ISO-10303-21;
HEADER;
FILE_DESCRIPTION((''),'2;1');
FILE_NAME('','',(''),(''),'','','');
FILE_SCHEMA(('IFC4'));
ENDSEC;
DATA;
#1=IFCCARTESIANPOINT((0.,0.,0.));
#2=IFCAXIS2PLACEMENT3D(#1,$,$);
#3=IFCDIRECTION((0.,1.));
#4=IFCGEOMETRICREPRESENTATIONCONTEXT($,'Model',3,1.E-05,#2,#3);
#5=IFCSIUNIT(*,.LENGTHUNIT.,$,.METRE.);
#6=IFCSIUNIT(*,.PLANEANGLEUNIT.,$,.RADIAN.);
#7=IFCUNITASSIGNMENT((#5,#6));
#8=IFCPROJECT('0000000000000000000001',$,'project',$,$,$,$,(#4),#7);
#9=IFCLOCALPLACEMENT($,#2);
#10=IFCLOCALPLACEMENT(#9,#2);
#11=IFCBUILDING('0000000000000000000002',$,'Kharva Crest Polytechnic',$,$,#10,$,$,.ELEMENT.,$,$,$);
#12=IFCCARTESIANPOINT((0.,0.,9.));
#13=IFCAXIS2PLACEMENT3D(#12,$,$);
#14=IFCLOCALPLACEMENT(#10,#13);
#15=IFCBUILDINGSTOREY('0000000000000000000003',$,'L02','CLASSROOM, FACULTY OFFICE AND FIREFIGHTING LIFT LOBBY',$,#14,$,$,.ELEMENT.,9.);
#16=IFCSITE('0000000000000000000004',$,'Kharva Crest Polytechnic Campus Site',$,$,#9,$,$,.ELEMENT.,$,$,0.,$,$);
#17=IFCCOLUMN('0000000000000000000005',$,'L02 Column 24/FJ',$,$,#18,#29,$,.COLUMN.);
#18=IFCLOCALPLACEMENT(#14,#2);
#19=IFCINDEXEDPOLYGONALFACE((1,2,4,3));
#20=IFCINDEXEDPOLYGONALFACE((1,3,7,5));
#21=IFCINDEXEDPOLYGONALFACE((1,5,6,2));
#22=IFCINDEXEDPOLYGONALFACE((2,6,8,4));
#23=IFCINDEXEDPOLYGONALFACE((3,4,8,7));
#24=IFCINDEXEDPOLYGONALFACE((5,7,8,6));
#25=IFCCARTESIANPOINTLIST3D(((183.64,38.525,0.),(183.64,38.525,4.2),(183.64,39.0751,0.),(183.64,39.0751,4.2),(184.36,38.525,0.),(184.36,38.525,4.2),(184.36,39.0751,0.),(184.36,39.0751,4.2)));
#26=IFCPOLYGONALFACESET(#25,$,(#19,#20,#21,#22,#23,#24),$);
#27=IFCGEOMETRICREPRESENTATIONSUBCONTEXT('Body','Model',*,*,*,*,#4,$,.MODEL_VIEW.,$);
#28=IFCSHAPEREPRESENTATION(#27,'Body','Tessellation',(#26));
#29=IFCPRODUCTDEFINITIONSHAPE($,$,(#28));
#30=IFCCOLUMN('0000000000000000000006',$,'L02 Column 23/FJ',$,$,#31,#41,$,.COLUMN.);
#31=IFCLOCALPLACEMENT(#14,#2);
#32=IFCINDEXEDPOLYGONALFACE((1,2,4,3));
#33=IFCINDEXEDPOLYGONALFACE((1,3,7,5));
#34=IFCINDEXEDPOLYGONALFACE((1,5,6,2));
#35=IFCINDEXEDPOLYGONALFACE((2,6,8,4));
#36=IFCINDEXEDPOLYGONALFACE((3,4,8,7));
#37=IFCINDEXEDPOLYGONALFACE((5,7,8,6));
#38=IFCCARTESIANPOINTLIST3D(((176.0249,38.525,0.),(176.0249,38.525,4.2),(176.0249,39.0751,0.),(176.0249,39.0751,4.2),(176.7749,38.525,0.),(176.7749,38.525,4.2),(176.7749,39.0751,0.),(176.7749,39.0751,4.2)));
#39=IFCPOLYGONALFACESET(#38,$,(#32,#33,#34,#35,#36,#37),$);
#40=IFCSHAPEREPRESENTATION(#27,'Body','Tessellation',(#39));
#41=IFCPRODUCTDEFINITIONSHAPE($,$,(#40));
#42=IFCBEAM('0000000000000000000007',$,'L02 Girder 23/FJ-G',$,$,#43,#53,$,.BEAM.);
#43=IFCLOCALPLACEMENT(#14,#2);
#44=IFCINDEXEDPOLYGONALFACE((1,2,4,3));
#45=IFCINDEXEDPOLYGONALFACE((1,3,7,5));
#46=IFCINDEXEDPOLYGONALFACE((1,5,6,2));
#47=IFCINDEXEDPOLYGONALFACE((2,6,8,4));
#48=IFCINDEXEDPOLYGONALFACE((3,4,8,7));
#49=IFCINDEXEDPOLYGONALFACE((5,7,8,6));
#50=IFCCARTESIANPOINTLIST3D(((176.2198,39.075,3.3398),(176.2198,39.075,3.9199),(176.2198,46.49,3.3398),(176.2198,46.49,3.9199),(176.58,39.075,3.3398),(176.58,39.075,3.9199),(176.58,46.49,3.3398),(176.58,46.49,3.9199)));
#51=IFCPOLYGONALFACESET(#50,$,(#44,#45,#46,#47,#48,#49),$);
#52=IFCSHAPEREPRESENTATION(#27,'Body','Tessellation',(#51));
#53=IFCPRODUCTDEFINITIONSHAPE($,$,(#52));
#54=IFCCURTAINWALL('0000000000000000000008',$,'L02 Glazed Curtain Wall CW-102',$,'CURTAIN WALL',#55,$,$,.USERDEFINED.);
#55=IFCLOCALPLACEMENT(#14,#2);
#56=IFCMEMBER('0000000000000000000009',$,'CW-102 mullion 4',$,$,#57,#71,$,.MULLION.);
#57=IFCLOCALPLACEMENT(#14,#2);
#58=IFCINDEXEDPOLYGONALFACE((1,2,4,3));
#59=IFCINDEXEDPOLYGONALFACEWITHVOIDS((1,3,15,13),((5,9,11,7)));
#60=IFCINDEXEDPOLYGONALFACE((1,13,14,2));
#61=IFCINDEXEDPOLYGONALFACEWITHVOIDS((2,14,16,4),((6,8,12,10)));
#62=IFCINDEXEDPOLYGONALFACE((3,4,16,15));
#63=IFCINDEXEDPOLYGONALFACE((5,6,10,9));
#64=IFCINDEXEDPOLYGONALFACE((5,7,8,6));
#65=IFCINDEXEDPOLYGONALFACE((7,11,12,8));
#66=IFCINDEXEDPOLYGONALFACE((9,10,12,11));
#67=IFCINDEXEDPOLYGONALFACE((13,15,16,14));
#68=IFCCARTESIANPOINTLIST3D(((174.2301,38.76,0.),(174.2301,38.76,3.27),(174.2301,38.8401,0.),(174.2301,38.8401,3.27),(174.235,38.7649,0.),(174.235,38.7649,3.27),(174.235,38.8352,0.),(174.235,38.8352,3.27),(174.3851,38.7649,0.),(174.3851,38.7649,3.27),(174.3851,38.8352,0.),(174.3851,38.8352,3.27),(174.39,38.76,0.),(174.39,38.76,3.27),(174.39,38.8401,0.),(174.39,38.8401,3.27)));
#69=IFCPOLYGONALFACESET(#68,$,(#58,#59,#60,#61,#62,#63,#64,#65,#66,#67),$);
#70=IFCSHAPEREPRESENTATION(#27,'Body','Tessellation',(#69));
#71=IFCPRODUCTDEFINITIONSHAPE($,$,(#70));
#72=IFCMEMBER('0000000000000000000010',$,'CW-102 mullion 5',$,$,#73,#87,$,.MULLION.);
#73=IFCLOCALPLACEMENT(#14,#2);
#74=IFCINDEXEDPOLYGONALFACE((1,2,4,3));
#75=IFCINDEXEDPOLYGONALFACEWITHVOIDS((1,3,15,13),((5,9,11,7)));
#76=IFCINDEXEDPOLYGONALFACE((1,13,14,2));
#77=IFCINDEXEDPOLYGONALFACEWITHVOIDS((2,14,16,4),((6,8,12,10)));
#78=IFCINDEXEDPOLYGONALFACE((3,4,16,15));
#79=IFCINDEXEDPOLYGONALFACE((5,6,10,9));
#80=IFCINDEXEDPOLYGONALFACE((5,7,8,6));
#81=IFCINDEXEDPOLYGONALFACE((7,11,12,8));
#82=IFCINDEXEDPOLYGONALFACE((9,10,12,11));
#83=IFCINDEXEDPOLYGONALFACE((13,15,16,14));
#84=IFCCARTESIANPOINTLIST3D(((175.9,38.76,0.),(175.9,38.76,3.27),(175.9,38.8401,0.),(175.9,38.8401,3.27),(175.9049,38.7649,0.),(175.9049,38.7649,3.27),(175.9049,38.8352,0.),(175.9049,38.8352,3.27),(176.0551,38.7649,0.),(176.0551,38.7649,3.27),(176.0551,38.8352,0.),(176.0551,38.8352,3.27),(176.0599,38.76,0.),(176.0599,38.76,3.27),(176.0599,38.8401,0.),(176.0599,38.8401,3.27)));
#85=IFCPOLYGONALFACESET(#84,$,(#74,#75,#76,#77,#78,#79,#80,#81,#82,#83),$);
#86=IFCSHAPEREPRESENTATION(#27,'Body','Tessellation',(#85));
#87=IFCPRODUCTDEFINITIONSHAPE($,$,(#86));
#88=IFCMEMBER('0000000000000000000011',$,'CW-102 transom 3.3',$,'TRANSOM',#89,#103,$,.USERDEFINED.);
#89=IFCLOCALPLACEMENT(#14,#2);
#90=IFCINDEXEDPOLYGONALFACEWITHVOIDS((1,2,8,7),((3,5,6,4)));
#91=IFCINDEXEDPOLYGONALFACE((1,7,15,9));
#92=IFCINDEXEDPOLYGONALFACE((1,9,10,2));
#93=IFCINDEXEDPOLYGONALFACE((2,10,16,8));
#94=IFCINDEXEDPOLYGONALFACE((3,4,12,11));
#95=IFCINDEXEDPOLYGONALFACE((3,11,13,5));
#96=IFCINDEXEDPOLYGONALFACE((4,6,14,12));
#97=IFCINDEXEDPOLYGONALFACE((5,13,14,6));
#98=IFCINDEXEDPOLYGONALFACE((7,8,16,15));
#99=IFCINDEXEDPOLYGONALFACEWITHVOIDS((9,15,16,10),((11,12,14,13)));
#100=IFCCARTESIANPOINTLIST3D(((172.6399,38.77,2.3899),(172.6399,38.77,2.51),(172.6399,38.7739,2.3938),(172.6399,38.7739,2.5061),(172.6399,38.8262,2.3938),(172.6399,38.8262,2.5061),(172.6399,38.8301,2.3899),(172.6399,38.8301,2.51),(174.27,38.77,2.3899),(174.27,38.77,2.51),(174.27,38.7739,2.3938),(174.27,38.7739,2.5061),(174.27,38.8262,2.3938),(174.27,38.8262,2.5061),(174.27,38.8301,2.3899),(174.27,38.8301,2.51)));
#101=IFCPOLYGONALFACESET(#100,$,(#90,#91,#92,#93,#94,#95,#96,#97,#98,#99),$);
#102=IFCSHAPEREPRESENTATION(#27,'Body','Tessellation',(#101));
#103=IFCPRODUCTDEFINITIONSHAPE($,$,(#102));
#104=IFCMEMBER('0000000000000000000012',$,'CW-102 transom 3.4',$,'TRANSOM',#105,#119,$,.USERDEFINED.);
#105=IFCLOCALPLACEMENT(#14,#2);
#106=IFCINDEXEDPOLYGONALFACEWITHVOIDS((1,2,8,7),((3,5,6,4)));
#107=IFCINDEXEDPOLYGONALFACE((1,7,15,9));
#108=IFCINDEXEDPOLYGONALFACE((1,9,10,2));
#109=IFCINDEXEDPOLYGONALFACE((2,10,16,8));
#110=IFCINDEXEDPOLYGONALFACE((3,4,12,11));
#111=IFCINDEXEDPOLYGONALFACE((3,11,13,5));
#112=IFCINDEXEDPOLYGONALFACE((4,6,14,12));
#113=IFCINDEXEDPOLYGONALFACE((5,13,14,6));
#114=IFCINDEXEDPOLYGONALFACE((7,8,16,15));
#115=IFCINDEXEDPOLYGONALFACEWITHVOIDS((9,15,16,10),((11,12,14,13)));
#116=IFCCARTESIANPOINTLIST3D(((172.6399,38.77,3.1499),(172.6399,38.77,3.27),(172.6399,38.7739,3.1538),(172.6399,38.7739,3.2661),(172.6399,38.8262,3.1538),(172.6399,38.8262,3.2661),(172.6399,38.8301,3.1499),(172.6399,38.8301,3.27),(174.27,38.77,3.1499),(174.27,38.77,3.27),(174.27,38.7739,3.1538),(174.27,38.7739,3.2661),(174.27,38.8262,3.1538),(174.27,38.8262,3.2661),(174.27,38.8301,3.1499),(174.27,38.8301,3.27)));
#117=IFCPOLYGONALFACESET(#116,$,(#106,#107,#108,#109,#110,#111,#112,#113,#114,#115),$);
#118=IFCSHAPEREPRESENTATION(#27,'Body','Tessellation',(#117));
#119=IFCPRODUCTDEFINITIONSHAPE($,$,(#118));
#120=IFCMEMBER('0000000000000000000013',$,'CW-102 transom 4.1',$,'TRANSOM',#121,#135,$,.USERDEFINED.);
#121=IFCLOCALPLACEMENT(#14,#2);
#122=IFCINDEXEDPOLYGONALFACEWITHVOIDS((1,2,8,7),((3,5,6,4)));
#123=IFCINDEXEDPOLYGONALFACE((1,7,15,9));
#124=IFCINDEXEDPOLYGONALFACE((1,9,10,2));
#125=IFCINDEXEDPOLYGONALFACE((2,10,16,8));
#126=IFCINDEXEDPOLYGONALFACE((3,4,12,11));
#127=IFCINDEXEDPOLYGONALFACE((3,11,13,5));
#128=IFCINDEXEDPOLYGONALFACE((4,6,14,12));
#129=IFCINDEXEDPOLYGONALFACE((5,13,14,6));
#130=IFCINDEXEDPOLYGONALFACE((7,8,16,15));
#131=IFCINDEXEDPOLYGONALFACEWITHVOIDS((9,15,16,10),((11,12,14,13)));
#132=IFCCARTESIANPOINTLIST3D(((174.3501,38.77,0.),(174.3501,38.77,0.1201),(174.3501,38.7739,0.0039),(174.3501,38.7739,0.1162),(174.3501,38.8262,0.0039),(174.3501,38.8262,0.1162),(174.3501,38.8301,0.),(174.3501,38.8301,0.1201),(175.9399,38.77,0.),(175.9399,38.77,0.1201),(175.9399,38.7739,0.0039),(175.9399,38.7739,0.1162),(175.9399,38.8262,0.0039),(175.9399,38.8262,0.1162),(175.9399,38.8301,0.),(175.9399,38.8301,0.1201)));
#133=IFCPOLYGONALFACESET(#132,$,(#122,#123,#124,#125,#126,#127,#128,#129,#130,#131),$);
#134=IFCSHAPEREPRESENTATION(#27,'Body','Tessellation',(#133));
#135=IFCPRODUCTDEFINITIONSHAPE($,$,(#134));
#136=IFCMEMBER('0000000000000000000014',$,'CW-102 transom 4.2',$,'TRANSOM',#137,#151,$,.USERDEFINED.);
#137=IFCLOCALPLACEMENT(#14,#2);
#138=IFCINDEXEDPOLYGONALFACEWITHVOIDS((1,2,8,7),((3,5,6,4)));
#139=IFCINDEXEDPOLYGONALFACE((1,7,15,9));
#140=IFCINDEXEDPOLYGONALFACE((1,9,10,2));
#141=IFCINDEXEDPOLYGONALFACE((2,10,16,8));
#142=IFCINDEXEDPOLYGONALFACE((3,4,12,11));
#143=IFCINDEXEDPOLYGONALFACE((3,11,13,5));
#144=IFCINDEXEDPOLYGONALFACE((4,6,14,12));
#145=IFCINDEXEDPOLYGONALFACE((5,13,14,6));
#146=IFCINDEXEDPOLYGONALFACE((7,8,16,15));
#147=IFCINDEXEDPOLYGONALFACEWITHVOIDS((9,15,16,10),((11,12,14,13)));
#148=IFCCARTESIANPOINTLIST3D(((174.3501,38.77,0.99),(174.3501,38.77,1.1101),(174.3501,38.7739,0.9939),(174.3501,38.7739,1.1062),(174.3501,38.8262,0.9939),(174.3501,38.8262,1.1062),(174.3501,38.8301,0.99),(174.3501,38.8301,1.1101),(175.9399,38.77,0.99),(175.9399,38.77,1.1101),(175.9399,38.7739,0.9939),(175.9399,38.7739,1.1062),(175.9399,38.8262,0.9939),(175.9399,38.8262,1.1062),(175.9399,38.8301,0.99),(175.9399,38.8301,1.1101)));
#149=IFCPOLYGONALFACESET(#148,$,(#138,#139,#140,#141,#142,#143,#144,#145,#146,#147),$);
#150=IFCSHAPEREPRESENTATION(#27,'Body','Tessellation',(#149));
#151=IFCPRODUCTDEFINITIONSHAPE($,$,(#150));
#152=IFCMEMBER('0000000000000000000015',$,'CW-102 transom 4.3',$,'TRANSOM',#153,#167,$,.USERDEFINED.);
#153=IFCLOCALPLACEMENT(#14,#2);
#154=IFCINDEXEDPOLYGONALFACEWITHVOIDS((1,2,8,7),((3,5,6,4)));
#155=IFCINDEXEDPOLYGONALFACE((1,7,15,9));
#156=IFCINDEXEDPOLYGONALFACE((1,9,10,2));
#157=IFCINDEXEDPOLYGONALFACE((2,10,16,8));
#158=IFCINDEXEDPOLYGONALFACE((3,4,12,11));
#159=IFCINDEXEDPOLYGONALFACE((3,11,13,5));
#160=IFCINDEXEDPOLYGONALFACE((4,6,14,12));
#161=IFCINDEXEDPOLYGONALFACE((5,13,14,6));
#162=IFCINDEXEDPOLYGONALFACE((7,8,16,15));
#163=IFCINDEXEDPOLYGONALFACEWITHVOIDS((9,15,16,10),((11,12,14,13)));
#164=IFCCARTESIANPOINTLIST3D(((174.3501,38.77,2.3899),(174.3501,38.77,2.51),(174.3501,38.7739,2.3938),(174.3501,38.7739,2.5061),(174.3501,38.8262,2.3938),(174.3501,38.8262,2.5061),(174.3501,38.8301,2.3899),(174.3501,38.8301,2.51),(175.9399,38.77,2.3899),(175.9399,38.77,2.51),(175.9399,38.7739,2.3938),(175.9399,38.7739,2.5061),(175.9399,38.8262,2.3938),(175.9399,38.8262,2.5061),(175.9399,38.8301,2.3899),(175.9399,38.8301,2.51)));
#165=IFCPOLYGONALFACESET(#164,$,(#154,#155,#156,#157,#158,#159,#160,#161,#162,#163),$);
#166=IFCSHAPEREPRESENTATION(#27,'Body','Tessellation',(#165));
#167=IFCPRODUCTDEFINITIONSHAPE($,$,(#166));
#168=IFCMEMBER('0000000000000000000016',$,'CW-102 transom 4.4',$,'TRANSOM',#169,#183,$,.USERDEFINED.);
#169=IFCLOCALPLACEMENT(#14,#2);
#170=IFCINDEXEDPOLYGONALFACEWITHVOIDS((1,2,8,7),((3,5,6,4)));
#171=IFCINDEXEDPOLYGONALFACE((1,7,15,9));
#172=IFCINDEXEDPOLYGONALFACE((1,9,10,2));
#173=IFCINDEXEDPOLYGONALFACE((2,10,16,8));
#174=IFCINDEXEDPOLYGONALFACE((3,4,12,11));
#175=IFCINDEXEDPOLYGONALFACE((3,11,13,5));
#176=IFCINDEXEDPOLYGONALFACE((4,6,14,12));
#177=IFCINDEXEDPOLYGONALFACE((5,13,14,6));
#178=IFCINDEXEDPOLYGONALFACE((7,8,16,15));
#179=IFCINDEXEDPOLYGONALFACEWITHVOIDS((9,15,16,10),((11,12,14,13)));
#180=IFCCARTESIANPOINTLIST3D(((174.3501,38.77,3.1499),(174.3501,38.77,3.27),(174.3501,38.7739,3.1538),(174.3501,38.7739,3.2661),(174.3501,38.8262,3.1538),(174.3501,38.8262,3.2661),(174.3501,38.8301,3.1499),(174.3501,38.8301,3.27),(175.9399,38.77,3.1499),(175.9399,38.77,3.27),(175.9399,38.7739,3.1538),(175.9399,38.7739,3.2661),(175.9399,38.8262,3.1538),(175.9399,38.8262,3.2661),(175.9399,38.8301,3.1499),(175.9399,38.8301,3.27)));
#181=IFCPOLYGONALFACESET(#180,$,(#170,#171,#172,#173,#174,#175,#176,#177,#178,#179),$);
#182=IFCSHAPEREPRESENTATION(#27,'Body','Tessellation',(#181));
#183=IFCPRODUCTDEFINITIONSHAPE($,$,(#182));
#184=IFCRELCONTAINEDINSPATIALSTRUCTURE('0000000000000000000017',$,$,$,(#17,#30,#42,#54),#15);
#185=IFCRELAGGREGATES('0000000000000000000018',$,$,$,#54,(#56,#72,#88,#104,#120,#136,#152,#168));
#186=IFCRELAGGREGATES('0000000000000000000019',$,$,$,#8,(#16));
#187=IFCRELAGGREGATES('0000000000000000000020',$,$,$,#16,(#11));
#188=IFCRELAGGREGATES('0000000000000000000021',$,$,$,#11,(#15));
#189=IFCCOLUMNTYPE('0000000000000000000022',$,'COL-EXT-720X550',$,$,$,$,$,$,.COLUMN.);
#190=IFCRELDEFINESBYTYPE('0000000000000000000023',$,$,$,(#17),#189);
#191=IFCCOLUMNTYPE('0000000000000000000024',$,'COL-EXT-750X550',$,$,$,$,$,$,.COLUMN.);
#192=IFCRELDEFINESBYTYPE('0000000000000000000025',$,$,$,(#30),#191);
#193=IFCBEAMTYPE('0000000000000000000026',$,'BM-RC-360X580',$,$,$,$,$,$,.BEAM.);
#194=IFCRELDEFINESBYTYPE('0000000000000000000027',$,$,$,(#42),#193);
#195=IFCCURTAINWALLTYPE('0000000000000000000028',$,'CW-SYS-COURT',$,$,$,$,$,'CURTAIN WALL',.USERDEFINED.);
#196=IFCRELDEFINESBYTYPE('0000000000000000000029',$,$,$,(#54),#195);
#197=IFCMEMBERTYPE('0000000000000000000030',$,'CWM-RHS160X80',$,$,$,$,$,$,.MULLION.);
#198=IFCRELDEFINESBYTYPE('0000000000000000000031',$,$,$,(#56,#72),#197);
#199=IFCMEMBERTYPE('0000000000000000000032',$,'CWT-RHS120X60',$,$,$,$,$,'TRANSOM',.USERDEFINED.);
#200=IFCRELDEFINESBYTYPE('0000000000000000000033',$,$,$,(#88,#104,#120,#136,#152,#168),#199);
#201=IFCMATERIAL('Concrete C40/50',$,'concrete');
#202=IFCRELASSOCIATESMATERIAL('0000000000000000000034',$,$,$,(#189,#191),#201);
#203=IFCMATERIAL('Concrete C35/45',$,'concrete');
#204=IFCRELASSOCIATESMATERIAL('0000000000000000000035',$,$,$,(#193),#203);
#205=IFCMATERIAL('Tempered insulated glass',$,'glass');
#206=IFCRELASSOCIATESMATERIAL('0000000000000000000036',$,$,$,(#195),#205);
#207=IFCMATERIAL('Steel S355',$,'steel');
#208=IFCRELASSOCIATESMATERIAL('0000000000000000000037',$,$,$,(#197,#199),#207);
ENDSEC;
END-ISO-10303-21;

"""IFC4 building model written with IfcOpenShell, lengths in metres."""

from ifc_helpers import new_model, si_unit, direction, frame, origin, origin_2d, place, context, subcontext, project, spatial, rectangle, hollow_rectangle, extrude, material, material_profile, profile_set, type_object, element, aggregate, save


model = new_model("IFC4")

# Units and contexts
model_context = context("Model", 3, precision=1e-05, world=origin(), true_north=direction((0.0, 1.0)))
body_context = subcontext(model_context, "Body", "Model", "MODEL_VIEW")
ifc_project = project(units=[si_unit("LENGTHUNIT", "METRE"), si_unit("PLANEANGLEUNIT", "RADIAN")], contexts=[model_context])

# Site, building, storey
site_placement = place(None, origin())
site = spatial("IfcSite", under=ifc_project, at=site_placement, Name="Kharva Crest Polytechnic Campus Site", CompositionType="ELEMENT", RefElevation=0.0)
building_placement = place(site_placement, origin())
building = spatial("IfcBuilding", under=site, at=building_placement, Name="Kharva Crest Polytechnic", CompositionType="ELEMENT")
storey_placement = place(building_placement, frame((0.0, 0.0, 9.0)))
storey = spatial("IfcBuildingStorey", under=building, at=storey_placement, Name="L02", Description="CLASSROOM, FACULTY OFFICE AND FIREFIGHTING LIFT LOBBY", CompositionType="ELEMENT", Elevation=9.0)

# Columns
ifc_material_1 = material(Name="Concrete C40/50", Category="concrete")
ifc_material_profile_1 = material_profile(ifc_material_1, rectangle(XDim=0.72, YDim=0.55, at=origin_2d()), Name="RECT 720 X 550")
ifc_profile_set_1 = profile_set([ifc_material_profile_1], Name="Concrete C40/50")
column_type_1 = type_object("IfcColumnType", Name="COL-EXT-720X550", PredefinedType="COLUMN", material=ifc_profile_set_1)
column_1_placement = place(storey_placement, frame((184.0, 38.8, 0.0), z_axis=(0.0, 0.0, 1.0), x_axis=(1.0, 0.0, 0.0)))
element("IfcColumn", 1, at=column_1_placement, inside=storey, type_object=column_type_1, Name="L02 Column 24/FJ", PredefinedType="COLUMN", context=body_context, shape_type="SweptSolid", body=[
    extrude(rectangle(XDim=0.72, YDim=0.55, at=origin_2d()), origin(), (0.0, 0.0, 1.0), 4.2),
])
ifc_material_profile_2 = material_profile(ifc_material_1, rectangle(XDim=0.75, YDim=0.55, at=origin_2d()), Name="RECT 750 X 550")
ifc_profile_set_2 = profile_set([ifc_material_profile_2], Name="Concrete C40/50")
column_type_2 = type_object("IfcColumnType", Name="COL-EXT-750X550", PredefinedType="COLUMN", material=ifc_profile_set_2)
column_2_placement = place(storey_placement, frame((176.3999, 38.8, 0.0), z_axis=(0.0, 0.0, 1.0), x_axis=(1.0, 0.0, 0.0)))
element("IfcColumn", 2, at=column_2_placement, inside=storey, type_object=column_type_2, Name="L02 Column 23/FJ", PredefinedType="COLUMN", context=body_context, shape_type="SweptSolid", body=[
    extrude(rectangle(XDim=0.75, YDim=0.55, at=origin_2d()), origin(), (0.0, 0.0, 1.0), 4.2),
])

# Beam
ifc_material_2 = material(Name="Concrete C35/45", Category="concrete")
ifc_material_profile_3 = material_profile(ifc_material_2, rectangle(XDim=0.3601, YDim=0.5801, at=origin_2d()), Name="RECT 360 X 580")
ifc_profile_set_3 = profile_set([ifc_material_profile_3], Name="Concrete C35/45")
beam_type_1 = type_object("IfcBeamType", Name="BM-RC-360X580", PredefinedType="BEAM", material=ifc_profile_set_3)
beam_1_placement = place(storey_placement, frame((176.3999, 39.075, 3.6299), z_axis=(0.0, 1.0, 0.0), x_axis=(-1.0, 0.0, 0.0)))
element("IfcBeam", 3, at=beam_1_placement, inside=storey, type_object=beam_type_1, Name="L02 Girder 23/FJ-G", PredefinedType="BEAM", context=body_context, shape_type="SweptSolid", body=[
    extrude(rectangle(XDim=0.3601, YDim=0.5801, at=origin_2d()), origin(), (0.0, 0.0, 1.0), 7.415),
])

# Curtain wall, members
ifc_material_3 = material(Name="Tempered insulated glass", Category="glass")
curtain_wall_type = type_object("IfcCurtainWallType", Name="CW-SYS-COURT", ElementType="CURTAIN WALL", PredefinedType="USERDEFINED", material=ifc_material_3)
curtain_wall_placement = place(storey_placement, origin())
curtain_wall = element("IfcCurtainWall", 4, at=curtain_wall_placement, inside=storey, type_object=curtain_wall_type, Name="L02 Glazed Curtain Wall CW-102", ObjectType="CURTAIN WALL", PredefinedType="USERDEFINED")
ifc_material_4 = material(Name="Steel S355", Category="steel")
ifc_material_profile_4 = material_profile(ifc_material_4, hollow_rectangle(XDim=0.0801, YDim=0.1599, WallThickness=0.0049, at=origin_2d()), Name="RHS 160X80X5.0")
ifc_profile_set_4 = profile_set([ifc_material_profile_4], Name="Steel S355")
member_type_1 = type_object("IfcMemberType", Name="CWM-RHS160X80", PredefinedType="MULLION", material=ifc_profile_set_4)
member_1_placement = place(storey_placement, frame((174.3101, 38.8, 0.0), z_axis=(0.0, 0.0, 1.0), x_axis=(0.0, 1.0, 0.0)))
member_1 = element("IfcMember", 5, at=member_1_placement, type_object=member_type_1, Name="CW-102 mullion 4", PredefinedType="MULLION", context=body_context, shape_type="SweptSolid", body=[
    extrude(hollow_rectangle(XDim=0.0801, YDim=0.1599, WallThickness=0.0049, at=origin_2d()), origin(), (0.0, 0.0, 1.0), 3.27),
])
member_2_placement = place(storey_placement, frame((175.98, 38.8, 0.0), z_axis=(0.0, 0.0, 1.0), x_axis=(0.0, 1.0, 0.0)))
member_2 = element("IfcMember", 6, at=member_2_placement, type_object=member_type_1, Name="CW-102 mullion 5", PredefinedType="MULLION", context=body_context, shape_type="SweptSolid", body=[
    extrude(hollow_rectangle(XDim=0.0801, YDim=0.1599, WallThickness=0.0049, at=origin_2d()), origin(), (0.0, 0.0, 1.0), 3.27),
])
ifc_material_profile_5 = material_profile(ifc_material_4, hollow_rectangle(XDim=0.0601, YDim=0.1201, WallThickness=0.0039, at=origin_2d()), Name="RHS 120X60X4.0")
ifc_profile_set_5 = profile_set([ifc_material_profile_5], Name="Steel S355")
member_type_2 = type_object("IfcMemberType", Name="CWT-RHS120X60", ElementType="TRANSOM", PredefinedType="USERDEFINED", material=ifc_profile_set_5)
member_3_placement = place(storey_placement, frame((172.6399, 38.8, 2.45), z_axis=(1.0, 0.0, 0.0), x_axis=(0.0, 1.0, 0.0)))
member_3 = element("IfcMember", 7, at=member_3_placement, type_object=member_type_2, Name="CW-102 transom 3.3", ObjectType="TRANSOM", PredefinedType="USERDEFINED", context=body_context, shape_type="SweptSolid", body=[
    extrude(hollow_rectangle(XDim=0.0601, YDim=0.1201, WallThickness=0.0039, at=origin_2d()), origin(), (0.0, 0.0, 1.0), 1.6301),
])
member_4_placement = place(storey_placement, frame((172.6399, 38.8, 3.21), z_axis=(1.0, 0.0, 0.0), x_axis=(0.0, 1.0, 0.0)))
member_4 = element("IfcMember", 8, at=member_4_placement, type_object=member_type_2, Name="CW-102 transom 3.4", ObjectType="TRANSOM", PredefinedType="USERDEFINED", context=body_context, shape_type="SweptSolid", body=[
    extrude(hollow_rectangle(XDim=0.0601, YDim=0.1201, WallThickness=0.0039, at=origin_2d()), origin(), (0.0, 0.0, 1.0), 1.6301),
])
member_5_placement = place(storey_placement, frame((174.3501, 38.8, 0.0601), z_axis=(1.0, 0.0, 0.0), x_axis=(0.0, 1.0, 0.0)))
member_5 = element("IfcMember", 9, at=member_5_placement, type_object=member_type_2, Name="CW-102 transom 4.1", ObjectType="TRANSOM", PredefinedType="USERDEFINED", context=body_context, shape_type="SweptSolid", body=[
    extrude(hollow_rectangle(XDim=0.0601, YDim=0.1201, WallThickness=0.0039, at=origin_2d()), origin(), (0.0, 0.0, 1.0), 1.5898),
])
member_6_placement = place(storey_placement, frame((174.3501, 38.8, 1.05), z_axis=(1.0, 0.0, 0.0), x_axis=(0.0, 1.0, 0.0)))
member_6 = element("IfcMember", 10, at=member_6_placement, type_object=member_type_2, Name="CW-102 transom 4.2", ObjectType="TRANSOM", PredefinedType="USERDEFINED", context=body_context, shape_type="SweptSolid", body=[
    extrude(hollow_rectangle(XDim=0.0601, YDim=0.1201, WallThickness=0.0039, at=origin_2d()), origin(), (0.0, 0.0, 1.0), 1.5898),
])
member_7_placement = place(storey_placement, frame((174.3501, 38.8, 2.45), z_axis=(1.0, 0.0, 0.0), x_axis=(0.0, 1.0, 0.0)))
member_7 = element("IfcMember", 11, at=member_7_placement, type_object=member_type_2, Name="CW-102 transom 4.3", ObjectType="TRANSOM", PredefinedType="USERDEFINED", context=body_context, shape_type="SweptSolid", body=[
    extrude(hollow_rectangle(XDim=0.0601, YDim=0.1201, WallThickness=0.0039, at=origin_2d()), origin(), (0.0, 0.0, 1.0), 1.5898),
])
member_8_placement = place(storey_placement, frame((174.3501, 38.8, 3.21), z_axis=(1.0, 0.0, 0.0), x_axis=(0.0, 1.0, 0.0)))
member_8 = element("IfcMember", 12, at=member_8_placement, type_object=member_type_2, Name="CW-102 transom 4.4", ObjectType="TRANSOM", PredefinedType="USERDEFINED", context=body_context, shape_type="SweptSolid", body=[
    extrude(hollow_rectangle(XDim=0.0601, YDim=0.1201, WallThickness=0.0039, at=origin_2d()), origin(), (0.0, 0.0, 1.0), 1.5898),
])

aggregate(curtain_wall, [member_1, member_2, member_3, member_4, member_5, member_6, member_7, member_8])

save(model, "model.ifc")
